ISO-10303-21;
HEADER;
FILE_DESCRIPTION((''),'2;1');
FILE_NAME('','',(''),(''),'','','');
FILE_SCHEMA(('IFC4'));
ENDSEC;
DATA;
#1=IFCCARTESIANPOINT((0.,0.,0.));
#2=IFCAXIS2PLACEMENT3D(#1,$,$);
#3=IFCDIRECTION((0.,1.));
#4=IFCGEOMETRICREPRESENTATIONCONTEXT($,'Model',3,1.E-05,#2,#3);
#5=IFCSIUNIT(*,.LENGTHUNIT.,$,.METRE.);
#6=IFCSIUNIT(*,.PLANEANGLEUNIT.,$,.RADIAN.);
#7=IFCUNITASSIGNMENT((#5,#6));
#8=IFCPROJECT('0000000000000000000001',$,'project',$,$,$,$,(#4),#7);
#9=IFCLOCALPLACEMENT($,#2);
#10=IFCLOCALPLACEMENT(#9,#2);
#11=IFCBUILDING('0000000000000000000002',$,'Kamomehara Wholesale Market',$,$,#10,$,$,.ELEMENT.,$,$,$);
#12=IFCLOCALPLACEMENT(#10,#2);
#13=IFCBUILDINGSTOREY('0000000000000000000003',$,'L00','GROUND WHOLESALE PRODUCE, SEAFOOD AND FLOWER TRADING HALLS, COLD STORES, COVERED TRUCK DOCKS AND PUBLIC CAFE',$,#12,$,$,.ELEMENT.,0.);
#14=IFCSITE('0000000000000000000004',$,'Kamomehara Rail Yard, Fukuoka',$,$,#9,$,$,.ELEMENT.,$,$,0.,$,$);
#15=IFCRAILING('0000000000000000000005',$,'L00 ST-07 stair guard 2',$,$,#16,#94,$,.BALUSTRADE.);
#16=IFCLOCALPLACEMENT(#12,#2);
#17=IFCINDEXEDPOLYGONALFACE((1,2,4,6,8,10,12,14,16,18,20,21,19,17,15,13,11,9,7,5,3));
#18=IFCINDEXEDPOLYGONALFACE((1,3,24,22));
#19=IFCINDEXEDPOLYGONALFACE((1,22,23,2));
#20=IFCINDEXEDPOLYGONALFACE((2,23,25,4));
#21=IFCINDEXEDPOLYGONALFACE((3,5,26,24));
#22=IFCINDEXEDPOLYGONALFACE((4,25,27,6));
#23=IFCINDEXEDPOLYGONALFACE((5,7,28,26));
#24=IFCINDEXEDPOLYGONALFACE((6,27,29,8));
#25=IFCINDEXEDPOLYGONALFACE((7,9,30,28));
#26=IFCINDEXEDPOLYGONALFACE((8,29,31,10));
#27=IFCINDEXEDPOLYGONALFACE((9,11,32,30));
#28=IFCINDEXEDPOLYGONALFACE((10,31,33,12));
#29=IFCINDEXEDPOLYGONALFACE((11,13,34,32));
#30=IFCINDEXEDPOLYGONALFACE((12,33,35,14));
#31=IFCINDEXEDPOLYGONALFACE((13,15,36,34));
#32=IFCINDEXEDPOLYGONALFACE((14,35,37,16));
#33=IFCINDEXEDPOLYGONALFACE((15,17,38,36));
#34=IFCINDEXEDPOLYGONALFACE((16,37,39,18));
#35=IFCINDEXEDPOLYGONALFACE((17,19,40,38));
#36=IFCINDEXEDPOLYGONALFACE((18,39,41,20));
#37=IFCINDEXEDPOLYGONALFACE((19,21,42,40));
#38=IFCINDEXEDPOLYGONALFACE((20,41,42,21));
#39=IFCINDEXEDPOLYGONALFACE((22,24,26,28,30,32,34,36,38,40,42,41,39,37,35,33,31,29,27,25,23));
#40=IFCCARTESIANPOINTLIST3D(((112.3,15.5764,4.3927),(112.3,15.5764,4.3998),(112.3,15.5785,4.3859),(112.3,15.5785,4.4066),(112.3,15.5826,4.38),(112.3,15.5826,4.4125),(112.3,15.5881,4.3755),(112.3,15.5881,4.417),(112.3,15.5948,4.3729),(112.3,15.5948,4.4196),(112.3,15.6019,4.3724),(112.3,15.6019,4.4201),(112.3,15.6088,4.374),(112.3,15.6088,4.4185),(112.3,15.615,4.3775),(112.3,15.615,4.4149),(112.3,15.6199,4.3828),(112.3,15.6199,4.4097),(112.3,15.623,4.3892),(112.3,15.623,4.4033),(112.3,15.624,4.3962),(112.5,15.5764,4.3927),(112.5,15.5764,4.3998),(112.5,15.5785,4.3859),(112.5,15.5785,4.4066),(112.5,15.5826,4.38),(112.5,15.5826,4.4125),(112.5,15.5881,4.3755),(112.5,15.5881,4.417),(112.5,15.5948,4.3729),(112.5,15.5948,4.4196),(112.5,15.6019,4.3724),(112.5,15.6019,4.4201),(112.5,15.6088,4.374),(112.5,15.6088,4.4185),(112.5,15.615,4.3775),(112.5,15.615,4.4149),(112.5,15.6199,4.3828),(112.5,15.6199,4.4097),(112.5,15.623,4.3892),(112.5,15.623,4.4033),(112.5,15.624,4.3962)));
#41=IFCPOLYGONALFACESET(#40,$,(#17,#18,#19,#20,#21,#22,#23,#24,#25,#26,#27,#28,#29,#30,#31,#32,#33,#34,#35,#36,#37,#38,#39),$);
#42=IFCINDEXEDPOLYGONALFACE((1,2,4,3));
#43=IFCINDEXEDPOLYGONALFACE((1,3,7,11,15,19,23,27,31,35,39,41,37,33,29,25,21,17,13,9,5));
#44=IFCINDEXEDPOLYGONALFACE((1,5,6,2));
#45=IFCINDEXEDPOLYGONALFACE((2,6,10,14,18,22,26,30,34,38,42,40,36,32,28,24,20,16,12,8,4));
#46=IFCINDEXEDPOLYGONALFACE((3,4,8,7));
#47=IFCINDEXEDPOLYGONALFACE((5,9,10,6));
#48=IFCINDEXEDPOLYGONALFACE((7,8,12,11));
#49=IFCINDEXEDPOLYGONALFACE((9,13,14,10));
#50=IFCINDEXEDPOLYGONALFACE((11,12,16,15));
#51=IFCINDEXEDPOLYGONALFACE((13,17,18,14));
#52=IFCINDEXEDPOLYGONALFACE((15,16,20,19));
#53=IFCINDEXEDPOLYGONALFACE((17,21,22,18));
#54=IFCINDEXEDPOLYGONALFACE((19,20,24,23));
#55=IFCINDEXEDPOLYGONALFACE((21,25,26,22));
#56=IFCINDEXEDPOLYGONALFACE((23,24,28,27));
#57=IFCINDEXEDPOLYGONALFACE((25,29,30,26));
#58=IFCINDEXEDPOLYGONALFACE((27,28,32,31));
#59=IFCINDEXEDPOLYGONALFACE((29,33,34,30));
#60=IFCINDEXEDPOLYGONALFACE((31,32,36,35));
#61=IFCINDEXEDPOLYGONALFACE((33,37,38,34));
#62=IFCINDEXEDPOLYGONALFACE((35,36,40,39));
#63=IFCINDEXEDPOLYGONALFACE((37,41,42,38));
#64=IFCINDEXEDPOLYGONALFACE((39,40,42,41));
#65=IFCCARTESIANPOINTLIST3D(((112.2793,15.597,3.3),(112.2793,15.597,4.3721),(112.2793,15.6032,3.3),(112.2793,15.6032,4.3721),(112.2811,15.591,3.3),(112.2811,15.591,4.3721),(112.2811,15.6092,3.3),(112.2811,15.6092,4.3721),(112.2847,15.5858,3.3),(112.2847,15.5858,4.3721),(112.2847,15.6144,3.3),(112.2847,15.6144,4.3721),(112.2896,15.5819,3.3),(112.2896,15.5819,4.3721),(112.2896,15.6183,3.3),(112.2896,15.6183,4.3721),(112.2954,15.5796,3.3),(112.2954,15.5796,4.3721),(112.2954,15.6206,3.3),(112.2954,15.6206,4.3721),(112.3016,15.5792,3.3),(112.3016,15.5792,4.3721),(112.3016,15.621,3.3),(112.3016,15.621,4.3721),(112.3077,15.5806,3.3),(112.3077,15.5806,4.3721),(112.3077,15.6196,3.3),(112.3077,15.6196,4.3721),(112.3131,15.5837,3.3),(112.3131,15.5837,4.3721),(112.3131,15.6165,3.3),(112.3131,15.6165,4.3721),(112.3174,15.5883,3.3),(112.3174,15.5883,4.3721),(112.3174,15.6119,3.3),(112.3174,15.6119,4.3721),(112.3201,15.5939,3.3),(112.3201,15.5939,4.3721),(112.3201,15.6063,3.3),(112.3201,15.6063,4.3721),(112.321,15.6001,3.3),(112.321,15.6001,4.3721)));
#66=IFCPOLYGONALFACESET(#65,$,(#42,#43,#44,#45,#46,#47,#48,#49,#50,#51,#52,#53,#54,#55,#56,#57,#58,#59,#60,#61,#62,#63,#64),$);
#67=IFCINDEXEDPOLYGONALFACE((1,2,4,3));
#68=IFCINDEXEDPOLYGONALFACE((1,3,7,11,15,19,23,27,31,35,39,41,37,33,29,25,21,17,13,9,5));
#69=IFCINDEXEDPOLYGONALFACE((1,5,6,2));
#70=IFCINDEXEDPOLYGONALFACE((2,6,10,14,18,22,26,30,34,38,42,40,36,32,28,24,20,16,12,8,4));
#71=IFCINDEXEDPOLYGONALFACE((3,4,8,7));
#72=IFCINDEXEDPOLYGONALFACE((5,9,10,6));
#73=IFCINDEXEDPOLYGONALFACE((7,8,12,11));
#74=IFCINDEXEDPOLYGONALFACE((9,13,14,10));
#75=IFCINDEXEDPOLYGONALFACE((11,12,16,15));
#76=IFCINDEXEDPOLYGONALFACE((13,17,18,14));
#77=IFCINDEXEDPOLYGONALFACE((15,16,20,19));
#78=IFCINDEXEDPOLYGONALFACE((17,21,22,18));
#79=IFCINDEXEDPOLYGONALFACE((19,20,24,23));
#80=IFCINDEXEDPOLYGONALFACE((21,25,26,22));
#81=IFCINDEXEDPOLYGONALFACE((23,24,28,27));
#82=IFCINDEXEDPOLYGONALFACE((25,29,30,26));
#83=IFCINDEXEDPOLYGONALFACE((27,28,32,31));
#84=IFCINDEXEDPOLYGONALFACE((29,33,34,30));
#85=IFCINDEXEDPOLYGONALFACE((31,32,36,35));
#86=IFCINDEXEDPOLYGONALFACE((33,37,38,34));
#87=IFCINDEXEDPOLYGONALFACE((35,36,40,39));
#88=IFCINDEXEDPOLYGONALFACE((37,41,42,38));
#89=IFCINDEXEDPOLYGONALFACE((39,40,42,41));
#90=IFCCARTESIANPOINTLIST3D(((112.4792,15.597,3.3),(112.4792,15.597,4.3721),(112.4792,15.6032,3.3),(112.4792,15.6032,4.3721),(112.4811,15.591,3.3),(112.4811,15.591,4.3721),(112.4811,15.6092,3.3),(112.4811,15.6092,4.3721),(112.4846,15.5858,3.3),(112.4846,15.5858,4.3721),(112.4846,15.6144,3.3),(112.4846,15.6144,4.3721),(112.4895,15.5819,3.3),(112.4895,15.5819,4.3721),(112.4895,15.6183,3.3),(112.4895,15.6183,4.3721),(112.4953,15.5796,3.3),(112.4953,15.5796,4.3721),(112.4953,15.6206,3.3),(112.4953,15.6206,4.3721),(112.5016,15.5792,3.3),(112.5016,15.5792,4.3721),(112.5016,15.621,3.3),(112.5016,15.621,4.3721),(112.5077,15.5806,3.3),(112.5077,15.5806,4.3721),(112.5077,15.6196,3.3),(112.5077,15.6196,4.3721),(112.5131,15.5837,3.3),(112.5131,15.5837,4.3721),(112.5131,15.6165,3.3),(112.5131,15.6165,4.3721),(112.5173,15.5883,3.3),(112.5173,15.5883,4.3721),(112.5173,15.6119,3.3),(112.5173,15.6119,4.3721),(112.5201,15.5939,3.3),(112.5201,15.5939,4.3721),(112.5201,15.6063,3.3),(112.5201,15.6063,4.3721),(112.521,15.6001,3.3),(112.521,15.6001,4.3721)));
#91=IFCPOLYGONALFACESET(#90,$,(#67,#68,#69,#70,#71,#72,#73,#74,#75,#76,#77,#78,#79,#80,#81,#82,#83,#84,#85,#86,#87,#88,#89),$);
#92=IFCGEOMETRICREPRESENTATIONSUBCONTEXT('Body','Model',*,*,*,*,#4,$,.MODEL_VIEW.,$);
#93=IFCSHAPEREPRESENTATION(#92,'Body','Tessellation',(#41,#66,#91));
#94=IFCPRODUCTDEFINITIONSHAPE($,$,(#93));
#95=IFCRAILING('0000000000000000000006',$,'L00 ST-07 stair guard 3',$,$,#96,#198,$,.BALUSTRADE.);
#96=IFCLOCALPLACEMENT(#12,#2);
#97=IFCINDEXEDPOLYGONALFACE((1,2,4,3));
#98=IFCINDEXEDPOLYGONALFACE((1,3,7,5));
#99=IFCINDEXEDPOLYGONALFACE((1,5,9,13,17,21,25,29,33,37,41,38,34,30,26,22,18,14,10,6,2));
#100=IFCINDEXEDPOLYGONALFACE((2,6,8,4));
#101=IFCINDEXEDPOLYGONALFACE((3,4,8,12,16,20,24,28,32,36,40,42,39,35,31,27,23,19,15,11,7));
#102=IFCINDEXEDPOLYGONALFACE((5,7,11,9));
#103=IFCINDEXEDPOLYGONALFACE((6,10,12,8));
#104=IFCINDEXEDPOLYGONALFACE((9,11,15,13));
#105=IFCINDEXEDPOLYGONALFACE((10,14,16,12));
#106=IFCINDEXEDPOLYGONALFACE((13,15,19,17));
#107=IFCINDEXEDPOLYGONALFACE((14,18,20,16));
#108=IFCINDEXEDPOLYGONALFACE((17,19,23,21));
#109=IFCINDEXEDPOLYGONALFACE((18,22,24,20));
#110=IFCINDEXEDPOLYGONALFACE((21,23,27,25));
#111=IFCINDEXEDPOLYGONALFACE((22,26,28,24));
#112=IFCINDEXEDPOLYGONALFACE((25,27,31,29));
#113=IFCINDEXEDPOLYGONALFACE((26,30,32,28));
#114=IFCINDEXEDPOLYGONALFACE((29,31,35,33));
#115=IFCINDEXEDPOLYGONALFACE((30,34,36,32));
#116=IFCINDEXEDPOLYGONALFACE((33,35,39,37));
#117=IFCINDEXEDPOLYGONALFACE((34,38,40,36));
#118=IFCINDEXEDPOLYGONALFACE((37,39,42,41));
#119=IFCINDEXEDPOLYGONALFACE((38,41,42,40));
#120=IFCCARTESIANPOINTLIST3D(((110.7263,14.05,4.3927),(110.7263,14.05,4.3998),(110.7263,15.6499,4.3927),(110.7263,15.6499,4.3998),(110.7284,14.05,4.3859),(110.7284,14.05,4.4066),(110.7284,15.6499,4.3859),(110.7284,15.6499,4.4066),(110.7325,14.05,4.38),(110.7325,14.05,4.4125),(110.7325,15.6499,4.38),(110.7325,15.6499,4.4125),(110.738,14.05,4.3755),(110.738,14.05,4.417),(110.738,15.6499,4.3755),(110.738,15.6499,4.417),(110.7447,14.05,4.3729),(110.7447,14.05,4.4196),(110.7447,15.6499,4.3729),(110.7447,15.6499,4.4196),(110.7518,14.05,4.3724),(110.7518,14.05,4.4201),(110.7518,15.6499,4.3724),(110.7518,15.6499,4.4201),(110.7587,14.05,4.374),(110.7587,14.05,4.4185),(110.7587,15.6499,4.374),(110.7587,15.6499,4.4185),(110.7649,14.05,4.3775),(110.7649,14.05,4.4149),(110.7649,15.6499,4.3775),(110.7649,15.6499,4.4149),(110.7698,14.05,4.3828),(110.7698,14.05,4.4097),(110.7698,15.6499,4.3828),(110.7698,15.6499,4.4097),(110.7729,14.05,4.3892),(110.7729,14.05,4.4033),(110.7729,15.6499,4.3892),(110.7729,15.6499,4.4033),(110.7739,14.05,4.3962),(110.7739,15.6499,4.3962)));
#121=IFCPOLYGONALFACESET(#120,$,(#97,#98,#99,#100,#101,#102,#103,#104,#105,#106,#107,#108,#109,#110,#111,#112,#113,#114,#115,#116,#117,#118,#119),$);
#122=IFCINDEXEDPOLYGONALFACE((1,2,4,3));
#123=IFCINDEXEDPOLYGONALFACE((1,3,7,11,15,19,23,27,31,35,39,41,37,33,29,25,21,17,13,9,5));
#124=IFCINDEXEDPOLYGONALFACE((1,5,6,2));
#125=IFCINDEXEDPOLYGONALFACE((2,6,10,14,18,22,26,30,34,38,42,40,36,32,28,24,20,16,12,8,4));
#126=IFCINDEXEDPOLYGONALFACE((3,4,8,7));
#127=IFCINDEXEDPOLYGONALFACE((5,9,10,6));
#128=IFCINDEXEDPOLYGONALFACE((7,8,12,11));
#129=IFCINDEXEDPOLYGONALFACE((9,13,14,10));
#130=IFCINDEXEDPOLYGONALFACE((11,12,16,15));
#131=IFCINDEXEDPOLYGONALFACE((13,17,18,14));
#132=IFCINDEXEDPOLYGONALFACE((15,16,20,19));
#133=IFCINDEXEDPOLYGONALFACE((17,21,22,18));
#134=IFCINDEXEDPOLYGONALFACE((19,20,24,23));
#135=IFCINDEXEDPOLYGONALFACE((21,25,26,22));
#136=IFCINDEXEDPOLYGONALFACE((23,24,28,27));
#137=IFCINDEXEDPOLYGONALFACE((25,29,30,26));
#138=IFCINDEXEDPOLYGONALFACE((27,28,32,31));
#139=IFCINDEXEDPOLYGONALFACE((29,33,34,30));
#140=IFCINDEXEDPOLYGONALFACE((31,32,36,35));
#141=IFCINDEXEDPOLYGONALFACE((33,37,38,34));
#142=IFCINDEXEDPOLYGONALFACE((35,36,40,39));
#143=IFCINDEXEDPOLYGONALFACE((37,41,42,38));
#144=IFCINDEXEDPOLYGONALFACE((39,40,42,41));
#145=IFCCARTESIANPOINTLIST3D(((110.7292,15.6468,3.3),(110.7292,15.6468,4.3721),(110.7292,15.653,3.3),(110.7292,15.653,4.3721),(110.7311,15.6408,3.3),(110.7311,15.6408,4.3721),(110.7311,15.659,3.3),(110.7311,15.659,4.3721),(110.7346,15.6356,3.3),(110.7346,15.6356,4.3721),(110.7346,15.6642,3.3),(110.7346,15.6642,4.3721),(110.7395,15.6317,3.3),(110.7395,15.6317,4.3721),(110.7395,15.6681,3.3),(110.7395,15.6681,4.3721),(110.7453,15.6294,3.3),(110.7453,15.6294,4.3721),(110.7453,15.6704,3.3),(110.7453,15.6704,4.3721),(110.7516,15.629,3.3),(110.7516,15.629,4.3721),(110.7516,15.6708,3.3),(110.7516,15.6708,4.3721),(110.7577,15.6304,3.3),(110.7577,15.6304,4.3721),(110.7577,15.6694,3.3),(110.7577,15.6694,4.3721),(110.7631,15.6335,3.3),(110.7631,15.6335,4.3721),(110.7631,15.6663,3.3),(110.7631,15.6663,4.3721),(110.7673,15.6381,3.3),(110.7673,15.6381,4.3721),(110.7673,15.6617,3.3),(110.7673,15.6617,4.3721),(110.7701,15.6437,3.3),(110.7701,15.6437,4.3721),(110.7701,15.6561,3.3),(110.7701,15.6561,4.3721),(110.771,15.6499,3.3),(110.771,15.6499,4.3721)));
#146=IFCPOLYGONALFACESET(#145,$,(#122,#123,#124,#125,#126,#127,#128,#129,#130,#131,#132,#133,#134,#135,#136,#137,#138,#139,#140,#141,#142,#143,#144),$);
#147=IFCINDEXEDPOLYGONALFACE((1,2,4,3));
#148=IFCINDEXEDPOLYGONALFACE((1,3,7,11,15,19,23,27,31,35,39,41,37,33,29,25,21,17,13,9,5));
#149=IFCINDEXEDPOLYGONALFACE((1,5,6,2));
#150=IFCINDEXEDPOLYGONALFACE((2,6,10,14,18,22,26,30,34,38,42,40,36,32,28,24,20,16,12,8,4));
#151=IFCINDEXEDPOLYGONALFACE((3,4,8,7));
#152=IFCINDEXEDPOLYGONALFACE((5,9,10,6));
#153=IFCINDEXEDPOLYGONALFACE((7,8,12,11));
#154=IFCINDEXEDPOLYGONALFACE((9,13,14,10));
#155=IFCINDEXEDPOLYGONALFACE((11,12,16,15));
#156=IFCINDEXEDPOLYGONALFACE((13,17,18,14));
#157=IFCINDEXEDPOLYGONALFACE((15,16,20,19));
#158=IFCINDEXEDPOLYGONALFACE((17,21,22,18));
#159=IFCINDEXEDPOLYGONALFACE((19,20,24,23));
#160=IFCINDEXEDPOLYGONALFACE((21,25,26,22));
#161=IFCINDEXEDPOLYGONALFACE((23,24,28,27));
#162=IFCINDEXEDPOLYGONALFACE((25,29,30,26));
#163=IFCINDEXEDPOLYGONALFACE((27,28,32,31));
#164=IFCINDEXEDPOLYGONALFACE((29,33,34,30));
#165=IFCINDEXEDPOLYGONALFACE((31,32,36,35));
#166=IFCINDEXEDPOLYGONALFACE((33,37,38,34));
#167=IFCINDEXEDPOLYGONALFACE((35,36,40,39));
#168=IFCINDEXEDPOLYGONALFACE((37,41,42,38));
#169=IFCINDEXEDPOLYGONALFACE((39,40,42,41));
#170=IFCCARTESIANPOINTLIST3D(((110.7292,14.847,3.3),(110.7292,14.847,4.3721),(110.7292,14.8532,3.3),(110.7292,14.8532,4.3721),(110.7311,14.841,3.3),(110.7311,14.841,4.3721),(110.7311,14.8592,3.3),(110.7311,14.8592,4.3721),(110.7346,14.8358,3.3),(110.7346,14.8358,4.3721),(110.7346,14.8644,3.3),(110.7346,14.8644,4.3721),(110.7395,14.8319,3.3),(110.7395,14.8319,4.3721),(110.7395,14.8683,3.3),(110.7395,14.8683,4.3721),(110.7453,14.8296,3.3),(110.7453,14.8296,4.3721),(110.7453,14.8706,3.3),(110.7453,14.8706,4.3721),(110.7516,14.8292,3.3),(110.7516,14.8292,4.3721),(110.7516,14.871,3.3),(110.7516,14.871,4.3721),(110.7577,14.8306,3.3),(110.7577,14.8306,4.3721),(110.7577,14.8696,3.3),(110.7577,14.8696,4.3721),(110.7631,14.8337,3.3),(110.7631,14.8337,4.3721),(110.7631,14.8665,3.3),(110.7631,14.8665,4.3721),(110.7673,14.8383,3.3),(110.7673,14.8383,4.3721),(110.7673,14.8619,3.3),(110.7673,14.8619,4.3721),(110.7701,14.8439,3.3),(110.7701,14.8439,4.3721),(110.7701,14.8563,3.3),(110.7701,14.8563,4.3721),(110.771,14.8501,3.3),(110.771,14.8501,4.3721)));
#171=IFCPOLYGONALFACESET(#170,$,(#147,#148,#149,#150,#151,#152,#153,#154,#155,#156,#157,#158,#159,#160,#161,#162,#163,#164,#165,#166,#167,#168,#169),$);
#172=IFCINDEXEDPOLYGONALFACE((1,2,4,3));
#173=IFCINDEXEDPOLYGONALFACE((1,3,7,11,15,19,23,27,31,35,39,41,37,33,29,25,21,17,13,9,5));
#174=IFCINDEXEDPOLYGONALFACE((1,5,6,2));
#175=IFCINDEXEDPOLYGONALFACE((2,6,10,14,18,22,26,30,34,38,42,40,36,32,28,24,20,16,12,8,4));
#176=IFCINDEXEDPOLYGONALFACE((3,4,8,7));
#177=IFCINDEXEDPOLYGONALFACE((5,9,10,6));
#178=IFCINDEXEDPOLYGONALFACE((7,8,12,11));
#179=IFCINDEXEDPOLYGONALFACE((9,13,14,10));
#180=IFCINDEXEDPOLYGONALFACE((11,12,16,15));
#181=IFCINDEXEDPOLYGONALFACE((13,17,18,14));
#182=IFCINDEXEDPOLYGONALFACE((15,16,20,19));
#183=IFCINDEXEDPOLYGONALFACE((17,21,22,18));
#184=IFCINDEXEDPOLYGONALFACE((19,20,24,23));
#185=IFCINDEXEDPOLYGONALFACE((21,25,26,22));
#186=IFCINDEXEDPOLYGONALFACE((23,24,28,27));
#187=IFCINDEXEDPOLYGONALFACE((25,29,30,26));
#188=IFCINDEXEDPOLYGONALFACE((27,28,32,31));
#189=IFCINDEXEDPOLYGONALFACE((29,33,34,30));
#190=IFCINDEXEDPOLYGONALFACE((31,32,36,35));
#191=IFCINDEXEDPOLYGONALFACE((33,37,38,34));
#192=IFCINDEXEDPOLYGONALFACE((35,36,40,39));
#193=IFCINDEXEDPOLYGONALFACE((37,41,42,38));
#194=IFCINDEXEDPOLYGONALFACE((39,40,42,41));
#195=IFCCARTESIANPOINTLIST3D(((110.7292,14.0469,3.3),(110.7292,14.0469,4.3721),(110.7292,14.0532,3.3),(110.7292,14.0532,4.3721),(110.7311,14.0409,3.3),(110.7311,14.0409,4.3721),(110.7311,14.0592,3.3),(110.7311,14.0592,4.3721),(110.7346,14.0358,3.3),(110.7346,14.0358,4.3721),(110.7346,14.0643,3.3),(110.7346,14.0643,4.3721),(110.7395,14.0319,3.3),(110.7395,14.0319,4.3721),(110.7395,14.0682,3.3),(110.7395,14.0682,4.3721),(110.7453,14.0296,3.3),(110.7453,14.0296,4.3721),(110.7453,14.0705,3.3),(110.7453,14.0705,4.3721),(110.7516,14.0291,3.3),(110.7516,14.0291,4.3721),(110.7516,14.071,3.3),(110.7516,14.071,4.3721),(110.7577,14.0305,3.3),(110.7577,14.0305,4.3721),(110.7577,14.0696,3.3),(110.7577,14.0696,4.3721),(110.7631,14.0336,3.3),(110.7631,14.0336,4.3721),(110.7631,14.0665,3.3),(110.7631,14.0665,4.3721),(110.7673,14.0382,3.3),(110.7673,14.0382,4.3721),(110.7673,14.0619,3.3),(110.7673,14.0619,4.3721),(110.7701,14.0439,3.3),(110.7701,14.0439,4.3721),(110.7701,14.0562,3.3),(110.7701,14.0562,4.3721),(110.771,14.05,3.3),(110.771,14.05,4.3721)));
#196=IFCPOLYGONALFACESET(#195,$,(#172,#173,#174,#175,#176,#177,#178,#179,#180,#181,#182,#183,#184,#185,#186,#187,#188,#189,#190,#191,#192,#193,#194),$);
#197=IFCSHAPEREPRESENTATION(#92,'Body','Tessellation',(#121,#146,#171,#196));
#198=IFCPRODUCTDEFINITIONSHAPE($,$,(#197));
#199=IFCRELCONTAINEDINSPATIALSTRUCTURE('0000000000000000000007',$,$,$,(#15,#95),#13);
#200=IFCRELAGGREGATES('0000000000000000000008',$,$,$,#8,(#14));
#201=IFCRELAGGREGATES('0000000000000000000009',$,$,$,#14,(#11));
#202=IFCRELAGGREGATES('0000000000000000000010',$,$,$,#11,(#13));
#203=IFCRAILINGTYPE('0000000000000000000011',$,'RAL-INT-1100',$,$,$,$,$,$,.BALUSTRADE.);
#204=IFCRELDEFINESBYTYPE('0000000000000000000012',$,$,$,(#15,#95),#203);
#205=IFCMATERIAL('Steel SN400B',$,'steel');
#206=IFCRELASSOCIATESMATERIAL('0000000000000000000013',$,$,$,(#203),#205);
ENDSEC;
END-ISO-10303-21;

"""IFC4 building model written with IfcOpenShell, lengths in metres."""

from ifc_helpers import new_model, si_unit, direction, frame, origin, origin_2d, place, context, subcontext, project, spatial, circle, extrude, material, type_object, element, save


model = new_model("IFC4")

# Units and contexts
model_context = context("Model", 3, precision=1e-05, world=origin(), true_north=direction((0.0, 1.0)))
body_context = subcontext(model_context, "Body", "Model", "MODEL_VIEW")
ifc_project = project(units=[si_unit("LENGTHUNIT", "METRE"), si_unit("PLANEANGLEUNIT", "RADIAN")], contexts=[model_context])

# Site, building, storey
site_placement = place(None, origin())
site = spatial("IfcSite", under=ifc_project, at=site_placement, Name="Kamomehara Rail Yard, Fukuoka", CompositionType="ELEMENT", RefElevation=0.0)
building_placement = place(site_placement, origin())
building = spatial("IfcBuilding", under=site, at=building_placement, Name="Kamomehara Wholesale Market", CompositionType="ELEMENT")
storey_placement = place(building_placement, origin())
storey = spatial("IfcBuildingStorey", under=building, at=storey_placement, Name="L00", Description="GROUND WHOLESALE PRODUCE, SEAFOOD AND FLOWER TRADING HALLS, COLD STORES, COVERED TRUCK DOCKS AND PUBLIC CAFE", CompositionType="ELEMENT", Elevation=0.0)

# Railings
ifc_material_1 = material(Name="Steel SN400B", Category="steel")
railing_type_1 = type_object("IfcRailingType", Name="RAL-INT-1100", PredefinedType="BALUSTRADE", material=ifc_material_1)
railing_1_placement = place(storey_placement, frame((112.3, 15.6001, 3.3)))
element("IfcRailing", 1, at=railing_1_placement, inside=storey, type_object=railing_type_1, Name="L00 ST-07 stair guard 2", PredefinedType="BALUSTRADE", context=body_context, shape_type="SweptSolid", body=[
    extrude(circle(Radius=0.0239, at=origin_2d()), frame((0.0, 0.0, 1.0962), z_axis=(1.0, 0.0, 0.0), x_axis=(0.0, 1.0, 0.0)), (0.0, 0.0, 1.0), 0.2),
    extrude(circle(Radius=0.021, at=origin_2d()), origin(), (0.0, 0.0, 1.0), 1.072),
    extrude(circle(Radius=0.021, at=origin_2d()), frame((0.2, 0.0, 0.0)), (0.0, 0.0, 1.0), 1.072),
])
for number, where, name in (
    (2, (110.75, 15.6499, 3.3), "L00 ST-07 stair guard 3"),
):
    element("IfcRailing", number, at=place(storey_placement, frame(where)), inside=storey, type_object=railing_type_1, Name=name, PredefinedType="BALUSTRADE", context=body_context, shape_type="SweptSolid", body=[
        extrude(circle(Radius=0.0239, at=origin_2d()), frame((0.0, 0.0, 1.0962), z_axis=(0.0, -1.0, 0.0), x_axis=(1.0, 0.0, 0.0)), (0.0, 0.0, 1.0), 1.5999),
        extrude(circle(Radius=0.021, at=origin_2d()), origin(), (0.0, 0.0, 1.0), 1.072),
        extrude(circle(Radius=0.021, at=origin_2d()), frame((0.0, -0.7998, 0.0)), (0.0, 0.0, 1.0), 1.072),
        extrude(circle(Radius=0.021, at=origin_2d()), frame((0.0, -1.5999, 0.0)), (0.0, 0.0, 1.0), 1.072),
    ])

save(model, "model.ifc")
